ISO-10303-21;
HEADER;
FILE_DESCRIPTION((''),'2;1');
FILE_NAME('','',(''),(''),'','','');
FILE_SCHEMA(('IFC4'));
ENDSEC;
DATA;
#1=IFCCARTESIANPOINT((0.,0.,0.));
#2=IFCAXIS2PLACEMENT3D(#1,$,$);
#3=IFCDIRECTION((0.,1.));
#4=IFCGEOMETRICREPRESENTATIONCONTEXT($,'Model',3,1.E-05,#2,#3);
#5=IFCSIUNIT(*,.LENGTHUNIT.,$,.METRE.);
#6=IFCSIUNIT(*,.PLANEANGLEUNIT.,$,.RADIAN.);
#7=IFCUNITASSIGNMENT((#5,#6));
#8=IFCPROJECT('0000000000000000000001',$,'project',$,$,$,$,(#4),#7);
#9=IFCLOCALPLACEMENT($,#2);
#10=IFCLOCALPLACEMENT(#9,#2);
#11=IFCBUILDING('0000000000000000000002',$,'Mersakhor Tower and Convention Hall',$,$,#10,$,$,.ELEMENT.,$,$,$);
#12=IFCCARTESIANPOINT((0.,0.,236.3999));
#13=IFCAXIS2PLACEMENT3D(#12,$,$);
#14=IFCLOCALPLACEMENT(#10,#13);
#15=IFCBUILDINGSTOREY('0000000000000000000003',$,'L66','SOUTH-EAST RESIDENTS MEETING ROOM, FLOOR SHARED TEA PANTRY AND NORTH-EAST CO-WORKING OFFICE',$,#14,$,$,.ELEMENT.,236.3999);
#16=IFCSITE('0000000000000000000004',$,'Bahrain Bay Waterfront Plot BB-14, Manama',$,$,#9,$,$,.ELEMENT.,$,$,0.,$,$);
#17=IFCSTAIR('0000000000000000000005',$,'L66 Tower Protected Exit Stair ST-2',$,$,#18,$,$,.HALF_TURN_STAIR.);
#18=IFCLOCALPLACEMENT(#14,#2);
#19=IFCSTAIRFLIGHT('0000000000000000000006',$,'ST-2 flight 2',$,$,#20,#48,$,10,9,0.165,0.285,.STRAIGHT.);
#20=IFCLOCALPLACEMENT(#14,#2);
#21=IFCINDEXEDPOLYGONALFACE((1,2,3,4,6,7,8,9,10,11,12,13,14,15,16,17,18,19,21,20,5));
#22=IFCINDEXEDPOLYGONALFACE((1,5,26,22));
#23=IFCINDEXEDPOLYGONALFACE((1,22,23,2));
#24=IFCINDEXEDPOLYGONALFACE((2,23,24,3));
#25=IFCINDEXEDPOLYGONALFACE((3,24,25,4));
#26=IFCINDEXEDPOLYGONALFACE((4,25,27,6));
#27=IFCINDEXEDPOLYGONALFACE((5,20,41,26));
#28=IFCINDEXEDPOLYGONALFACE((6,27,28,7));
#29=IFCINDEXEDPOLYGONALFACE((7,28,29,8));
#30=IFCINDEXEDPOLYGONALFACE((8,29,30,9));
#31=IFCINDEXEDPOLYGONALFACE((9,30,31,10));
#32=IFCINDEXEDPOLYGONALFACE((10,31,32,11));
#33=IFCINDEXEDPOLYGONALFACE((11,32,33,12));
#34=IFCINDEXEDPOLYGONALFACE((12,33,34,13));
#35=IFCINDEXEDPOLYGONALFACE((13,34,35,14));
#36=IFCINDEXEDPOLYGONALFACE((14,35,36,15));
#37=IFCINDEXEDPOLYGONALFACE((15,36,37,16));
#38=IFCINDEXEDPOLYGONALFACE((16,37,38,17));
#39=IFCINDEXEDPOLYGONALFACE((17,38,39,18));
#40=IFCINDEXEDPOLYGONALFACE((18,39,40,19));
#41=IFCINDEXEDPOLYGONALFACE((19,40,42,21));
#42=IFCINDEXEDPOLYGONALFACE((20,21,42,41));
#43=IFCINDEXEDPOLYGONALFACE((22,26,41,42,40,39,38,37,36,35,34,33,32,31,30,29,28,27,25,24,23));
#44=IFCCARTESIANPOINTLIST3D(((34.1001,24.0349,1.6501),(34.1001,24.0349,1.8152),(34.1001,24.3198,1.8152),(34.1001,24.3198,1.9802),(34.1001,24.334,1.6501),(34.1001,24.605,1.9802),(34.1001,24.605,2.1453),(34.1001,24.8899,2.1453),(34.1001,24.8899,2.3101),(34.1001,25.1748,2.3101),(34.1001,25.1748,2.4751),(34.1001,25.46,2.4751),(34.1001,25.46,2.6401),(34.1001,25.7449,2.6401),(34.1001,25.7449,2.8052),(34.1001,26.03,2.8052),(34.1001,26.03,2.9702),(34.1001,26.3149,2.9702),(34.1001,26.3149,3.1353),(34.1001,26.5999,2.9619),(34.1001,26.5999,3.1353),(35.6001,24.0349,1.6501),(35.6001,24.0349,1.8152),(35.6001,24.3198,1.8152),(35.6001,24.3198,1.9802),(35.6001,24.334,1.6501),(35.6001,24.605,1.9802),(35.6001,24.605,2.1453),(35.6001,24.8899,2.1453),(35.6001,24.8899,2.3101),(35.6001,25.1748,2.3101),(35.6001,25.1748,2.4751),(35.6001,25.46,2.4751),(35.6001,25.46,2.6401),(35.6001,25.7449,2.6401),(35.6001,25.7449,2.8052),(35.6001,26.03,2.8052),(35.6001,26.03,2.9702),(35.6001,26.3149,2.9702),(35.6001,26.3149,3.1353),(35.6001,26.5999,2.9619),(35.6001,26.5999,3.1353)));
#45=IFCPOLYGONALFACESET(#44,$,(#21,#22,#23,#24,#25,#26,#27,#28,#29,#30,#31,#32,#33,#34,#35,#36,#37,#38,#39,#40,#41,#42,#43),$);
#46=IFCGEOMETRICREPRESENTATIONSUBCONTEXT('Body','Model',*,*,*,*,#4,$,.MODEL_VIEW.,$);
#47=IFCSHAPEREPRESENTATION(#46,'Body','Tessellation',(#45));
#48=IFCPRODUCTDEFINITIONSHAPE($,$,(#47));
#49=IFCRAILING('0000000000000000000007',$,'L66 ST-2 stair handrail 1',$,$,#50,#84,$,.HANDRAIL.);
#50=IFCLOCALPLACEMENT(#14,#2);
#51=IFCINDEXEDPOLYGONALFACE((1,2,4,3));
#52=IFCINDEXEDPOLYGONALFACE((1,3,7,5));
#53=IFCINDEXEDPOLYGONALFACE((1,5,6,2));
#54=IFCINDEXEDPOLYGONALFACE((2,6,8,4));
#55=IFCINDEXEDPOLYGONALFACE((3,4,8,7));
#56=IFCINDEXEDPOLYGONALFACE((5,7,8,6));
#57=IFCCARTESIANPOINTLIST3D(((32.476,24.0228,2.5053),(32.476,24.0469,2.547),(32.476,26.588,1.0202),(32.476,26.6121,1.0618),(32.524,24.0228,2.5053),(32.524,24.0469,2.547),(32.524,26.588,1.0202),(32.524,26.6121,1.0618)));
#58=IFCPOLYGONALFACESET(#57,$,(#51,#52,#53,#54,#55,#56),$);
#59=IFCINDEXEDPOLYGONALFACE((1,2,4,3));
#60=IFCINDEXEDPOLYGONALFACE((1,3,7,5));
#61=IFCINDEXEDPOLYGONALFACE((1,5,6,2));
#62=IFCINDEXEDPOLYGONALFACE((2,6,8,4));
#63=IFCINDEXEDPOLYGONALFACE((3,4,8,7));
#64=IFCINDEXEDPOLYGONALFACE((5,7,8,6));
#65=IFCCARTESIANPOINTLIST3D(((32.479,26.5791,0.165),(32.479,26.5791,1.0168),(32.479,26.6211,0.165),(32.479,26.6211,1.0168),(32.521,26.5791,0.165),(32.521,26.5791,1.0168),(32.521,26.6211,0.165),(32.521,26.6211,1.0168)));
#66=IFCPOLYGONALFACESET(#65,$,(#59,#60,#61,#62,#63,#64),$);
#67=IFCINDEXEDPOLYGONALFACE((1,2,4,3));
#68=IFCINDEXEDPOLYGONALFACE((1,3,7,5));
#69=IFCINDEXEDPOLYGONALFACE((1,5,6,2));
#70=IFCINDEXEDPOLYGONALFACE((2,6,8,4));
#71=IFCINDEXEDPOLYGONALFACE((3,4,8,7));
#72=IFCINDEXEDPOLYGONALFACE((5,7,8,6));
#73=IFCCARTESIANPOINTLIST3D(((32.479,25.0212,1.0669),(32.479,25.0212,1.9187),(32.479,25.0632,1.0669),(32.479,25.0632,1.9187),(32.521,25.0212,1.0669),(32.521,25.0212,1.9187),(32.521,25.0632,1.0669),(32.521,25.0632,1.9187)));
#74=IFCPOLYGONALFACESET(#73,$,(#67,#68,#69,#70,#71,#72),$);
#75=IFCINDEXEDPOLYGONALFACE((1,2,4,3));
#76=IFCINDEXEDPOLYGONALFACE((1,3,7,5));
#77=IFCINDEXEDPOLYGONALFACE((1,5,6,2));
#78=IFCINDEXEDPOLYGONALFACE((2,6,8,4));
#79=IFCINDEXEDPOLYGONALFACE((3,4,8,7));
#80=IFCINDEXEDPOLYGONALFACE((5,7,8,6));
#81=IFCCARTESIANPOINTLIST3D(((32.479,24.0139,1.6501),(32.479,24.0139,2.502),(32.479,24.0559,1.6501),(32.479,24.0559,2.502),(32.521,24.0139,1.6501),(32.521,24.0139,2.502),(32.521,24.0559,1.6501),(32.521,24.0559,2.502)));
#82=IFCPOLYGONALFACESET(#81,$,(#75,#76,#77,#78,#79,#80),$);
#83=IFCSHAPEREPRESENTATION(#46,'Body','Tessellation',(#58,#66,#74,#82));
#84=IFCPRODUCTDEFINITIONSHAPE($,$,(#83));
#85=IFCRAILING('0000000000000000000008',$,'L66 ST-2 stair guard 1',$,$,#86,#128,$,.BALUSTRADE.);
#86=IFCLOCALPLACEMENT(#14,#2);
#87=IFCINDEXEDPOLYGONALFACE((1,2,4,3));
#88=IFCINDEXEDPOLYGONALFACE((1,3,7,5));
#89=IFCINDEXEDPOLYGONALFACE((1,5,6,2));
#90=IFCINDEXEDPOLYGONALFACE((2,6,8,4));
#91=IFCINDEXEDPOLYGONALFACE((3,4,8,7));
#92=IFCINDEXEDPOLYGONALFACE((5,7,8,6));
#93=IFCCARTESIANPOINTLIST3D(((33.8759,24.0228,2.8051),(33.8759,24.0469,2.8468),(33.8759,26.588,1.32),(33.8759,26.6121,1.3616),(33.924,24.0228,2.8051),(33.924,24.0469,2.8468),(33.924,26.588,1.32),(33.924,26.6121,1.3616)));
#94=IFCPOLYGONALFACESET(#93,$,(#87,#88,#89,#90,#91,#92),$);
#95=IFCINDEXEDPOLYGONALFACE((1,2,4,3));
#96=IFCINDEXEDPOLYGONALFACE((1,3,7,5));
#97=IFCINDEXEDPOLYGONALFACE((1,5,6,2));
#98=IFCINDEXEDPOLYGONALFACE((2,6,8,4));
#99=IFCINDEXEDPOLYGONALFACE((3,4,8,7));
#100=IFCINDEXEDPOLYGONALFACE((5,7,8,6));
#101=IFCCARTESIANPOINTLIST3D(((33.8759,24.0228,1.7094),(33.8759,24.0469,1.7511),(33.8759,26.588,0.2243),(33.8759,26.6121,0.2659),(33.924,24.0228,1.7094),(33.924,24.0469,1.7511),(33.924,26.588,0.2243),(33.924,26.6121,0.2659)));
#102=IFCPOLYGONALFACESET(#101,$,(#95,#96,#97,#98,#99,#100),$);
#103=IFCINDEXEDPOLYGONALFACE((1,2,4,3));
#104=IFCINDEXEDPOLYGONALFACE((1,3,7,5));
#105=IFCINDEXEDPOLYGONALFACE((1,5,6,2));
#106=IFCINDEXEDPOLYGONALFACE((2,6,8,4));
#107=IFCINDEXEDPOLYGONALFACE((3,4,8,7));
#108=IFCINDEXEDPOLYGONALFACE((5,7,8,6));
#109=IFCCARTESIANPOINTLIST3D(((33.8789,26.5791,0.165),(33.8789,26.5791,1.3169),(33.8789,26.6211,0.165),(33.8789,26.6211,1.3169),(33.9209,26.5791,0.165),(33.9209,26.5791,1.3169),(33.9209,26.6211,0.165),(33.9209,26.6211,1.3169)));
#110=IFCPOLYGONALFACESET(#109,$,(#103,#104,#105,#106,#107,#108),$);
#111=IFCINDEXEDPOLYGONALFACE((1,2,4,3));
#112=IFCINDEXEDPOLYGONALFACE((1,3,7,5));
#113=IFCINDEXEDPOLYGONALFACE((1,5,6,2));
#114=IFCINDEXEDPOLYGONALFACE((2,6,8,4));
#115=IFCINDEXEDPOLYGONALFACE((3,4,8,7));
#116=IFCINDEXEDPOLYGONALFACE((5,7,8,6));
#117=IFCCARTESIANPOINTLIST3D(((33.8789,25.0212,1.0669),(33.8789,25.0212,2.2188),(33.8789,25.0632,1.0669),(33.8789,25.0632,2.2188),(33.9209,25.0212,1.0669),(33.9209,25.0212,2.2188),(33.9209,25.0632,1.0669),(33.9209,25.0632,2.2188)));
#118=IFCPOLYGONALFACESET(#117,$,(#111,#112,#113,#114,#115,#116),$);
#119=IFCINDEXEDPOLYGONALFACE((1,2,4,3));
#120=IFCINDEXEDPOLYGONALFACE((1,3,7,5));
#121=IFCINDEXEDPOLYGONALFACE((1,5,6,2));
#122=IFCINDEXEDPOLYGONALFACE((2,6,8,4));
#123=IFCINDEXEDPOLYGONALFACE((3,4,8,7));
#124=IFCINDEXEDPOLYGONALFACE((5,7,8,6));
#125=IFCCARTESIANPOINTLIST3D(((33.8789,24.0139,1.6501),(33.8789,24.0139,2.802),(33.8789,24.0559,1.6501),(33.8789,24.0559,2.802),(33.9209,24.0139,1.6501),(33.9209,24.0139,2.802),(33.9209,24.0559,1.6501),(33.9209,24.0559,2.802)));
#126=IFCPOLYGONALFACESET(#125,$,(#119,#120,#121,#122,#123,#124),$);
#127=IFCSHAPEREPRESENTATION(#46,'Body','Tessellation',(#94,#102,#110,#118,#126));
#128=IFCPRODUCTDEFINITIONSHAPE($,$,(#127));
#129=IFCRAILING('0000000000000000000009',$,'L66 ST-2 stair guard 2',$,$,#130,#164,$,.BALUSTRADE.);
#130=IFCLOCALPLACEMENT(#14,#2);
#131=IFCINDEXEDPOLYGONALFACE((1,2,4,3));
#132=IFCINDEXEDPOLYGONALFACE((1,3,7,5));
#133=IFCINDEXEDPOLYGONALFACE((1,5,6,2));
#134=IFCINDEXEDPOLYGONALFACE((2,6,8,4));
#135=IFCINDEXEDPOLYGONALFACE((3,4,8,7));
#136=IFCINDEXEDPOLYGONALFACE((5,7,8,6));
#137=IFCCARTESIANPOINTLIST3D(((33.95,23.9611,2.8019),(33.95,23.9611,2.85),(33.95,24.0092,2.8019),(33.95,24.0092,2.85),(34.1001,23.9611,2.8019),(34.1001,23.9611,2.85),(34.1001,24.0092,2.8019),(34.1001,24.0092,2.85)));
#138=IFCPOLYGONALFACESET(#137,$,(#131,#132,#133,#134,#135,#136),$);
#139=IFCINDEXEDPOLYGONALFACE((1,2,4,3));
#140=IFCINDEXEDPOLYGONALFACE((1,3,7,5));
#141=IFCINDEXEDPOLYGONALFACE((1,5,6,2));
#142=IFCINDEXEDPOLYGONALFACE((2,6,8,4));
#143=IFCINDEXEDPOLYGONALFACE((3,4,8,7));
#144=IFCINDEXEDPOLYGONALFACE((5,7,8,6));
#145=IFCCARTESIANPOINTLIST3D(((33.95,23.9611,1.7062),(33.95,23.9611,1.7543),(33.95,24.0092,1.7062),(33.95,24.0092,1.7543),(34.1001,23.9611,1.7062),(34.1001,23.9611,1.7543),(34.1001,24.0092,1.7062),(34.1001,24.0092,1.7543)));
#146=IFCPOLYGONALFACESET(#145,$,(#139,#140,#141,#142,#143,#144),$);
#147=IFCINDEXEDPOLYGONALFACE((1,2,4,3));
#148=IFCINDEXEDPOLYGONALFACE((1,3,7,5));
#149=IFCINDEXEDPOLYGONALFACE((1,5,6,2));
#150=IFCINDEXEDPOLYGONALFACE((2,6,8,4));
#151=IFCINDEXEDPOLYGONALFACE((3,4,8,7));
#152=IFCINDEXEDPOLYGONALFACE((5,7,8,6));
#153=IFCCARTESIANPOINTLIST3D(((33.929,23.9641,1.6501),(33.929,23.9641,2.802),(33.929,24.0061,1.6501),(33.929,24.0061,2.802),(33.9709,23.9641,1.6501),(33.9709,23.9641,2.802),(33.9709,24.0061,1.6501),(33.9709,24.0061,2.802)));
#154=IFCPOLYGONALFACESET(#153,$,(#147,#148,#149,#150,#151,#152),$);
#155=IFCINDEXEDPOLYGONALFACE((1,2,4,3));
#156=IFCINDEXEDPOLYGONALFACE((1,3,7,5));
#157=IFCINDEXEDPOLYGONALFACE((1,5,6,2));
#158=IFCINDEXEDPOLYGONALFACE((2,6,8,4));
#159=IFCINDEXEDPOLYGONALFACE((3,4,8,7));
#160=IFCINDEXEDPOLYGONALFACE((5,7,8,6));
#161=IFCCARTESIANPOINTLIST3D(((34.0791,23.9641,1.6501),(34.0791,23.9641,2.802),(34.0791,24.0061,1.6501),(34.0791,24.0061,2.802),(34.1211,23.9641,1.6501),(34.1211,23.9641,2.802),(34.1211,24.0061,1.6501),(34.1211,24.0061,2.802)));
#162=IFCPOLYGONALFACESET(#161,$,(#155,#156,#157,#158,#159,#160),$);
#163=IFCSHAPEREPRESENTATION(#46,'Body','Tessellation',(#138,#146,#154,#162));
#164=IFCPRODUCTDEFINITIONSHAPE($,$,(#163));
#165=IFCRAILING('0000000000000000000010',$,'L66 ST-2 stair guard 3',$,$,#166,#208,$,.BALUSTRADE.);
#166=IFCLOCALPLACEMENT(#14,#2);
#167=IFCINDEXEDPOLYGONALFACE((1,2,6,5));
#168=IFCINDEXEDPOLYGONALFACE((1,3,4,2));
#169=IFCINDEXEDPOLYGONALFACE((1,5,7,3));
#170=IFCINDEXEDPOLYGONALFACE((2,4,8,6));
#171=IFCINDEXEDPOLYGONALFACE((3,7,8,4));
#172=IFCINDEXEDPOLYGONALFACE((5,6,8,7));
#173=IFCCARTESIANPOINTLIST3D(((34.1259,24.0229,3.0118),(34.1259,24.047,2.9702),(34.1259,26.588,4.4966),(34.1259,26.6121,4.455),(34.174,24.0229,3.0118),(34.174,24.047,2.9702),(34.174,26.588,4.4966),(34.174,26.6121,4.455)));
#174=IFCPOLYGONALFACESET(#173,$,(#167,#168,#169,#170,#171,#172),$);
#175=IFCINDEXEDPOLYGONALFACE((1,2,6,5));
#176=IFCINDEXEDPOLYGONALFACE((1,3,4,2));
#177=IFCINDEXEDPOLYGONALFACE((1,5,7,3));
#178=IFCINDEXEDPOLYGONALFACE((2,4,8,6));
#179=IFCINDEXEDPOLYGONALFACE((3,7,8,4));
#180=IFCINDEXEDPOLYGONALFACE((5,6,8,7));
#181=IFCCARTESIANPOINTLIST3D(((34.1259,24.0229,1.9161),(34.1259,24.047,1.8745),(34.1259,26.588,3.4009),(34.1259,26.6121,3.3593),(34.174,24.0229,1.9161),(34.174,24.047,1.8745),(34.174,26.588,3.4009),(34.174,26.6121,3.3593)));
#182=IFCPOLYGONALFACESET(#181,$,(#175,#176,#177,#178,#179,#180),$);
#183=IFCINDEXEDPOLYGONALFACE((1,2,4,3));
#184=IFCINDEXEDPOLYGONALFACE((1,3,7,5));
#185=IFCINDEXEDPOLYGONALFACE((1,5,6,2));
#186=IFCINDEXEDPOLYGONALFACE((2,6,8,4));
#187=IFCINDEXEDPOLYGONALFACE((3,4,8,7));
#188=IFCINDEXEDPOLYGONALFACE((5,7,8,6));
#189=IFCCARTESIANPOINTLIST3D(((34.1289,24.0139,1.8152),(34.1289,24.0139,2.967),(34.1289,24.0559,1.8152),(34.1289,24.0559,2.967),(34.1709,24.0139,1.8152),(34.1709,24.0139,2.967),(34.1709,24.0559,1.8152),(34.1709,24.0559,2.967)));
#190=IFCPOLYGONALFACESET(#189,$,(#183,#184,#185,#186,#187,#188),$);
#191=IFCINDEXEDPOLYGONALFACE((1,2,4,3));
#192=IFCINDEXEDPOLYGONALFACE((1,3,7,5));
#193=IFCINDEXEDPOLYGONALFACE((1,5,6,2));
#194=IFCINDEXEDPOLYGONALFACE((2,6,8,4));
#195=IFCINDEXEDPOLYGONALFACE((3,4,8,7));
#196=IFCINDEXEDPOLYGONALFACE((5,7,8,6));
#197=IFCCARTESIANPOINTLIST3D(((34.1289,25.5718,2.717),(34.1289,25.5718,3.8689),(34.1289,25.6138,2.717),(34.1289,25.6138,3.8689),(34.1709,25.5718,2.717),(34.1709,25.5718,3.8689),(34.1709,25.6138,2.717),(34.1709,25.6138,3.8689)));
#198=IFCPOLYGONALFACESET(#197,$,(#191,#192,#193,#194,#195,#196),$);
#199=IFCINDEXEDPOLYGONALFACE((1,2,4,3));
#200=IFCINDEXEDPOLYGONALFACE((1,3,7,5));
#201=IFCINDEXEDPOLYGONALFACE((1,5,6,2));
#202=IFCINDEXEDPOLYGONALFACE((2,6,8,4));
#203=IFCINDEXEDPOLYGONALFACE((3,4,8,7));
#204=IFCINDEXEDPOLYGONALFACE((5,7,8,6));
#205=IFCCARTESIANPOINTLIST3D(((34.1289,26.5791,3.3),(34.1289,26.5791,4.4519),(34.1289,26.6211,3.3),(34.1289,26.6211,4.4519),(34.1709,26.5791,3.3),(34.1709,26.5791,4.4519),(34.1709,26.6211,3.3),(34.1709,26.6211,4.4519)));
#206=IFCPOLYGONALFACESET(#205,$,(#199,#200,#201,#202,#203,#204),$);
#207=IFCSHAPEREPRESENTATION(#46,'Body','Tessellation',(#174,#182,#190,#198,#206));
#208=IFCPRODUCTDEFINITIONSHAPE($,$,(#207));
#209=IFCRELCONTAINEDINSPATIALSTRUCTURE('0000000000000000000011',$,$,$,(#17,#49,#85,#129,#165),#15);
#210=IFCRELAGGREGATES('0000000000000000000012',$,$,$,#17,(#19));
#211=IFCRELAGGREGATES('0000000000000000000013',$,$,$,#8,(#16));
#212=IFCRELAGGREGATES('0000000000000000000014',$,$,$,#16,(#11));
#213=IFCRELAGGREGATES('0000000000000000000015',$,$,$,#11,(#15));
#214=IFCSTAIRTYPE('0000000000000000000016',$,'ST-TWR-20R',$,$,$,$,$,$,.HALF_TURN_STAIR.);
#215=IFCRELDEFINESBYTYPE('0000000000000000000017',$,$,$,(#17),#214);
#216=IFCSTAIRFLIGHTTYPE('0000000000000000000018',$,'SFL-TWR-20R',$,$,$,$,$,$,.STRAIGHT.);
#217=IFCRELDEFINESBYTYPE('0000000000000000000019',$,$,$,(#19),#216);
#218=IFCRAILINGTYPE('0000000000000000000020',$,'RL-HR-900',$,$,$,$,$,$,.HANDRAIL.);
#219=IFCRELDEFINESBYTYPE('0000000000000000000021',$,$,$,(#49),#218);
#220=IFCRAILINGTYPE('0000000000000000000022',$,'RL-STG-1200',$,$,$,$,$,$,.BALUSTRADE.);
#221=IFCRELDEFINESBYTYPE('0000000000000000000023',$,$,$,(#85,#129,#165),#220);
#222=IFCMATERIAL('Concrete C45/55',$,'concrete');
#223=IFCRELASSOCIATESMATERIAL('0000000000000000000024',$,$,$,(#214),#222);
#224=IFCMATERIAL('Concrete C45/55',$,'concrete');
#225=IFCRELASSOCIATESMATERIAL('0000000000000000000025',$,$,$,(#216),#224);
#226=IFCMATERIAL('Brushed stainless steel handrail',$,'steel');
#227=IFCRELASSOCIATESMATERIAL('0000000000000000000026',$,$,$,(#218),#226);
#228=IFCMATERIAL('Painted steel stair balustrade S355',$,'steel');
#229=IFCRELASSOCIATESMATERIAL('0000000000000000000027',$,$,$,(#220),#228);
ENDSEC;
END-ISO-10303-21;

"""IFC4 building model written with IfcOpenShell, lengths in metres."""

from ifc_helpers import new_model, si_unit, direction, frame, origin, origin_2d, place, context, subcontext, project, spatial, polyline, rectangle, outline, extrude, material, type_object, element, aggregate, save


model = new_model("IFC4")

# Units and contexts
model_context = context("Model", 3, precision=1e-05, world=origin(), true_north=direction((0.0, 1.0)))
body_context = subcontext(model_context, "Body", "Model", "MODEL_VIEW")
ifc_project = project(units=[si_unit("LENGTHUNIT", "METRE"), si_unit("PLANEANGLEUNIT", "RADIAN")], contexts=[model_context])

# Site, building, storey
site_placement = place(None, origin())
site = spatial("IfcSite", under=ifc_project, at=site_placement, Name="Bahrain Bay Waterfront Plot BB-14, Manama", CompositionType="ELEMENT", RefElevation=0.0)
building_placement = place(site_placement, origin())
building = spatial("IfcBuilding", under=site, at=building_placement, Name="Mersakhor Tower and Convention Hall", CompositionType="ELEMENT")
storey_placement = place(building_placement, frame((0.0, 0.0, 236.3999)))
storey = spatial("IfcBuildingStorey", under=building, at=storey_placement, Name="L66", Description="SOUTH-EAST RESIDENTS MEETING ROOM, FLOOR SHARED TEA PANTRY AND NORTH-EAST CO-WORKING OFFICE", CompositionType="ELEMENT", Elevation=236.3999)

# Stair, stair flight
ifc_material_1 = material(Name="Concrete C45/55", Category="concrete")
stair_type = type_object("IfcStairType", Name="ST-TWR-20R", PredefinedType="HALF_TURN_STAIR", material=ifc_material_1)
stair_placement = place(storey_placement, origin())
stair = element("IfcStair", 1, at=stair_placement, inside=storey, type_object=stair_type, Name="L66 Tower Protected Exit Stair ST-2", PredefinedType="HALF_TURN_STAIR")
ifc_material_2 = material(Name="Concrete C45/55", Category="concrete")
stair_flight_type = type_object("IfcStairFlightType", Name="SFL-TWR-20R", PredefinedType="STRAIGHT", material=ifc_material_2)
stair_flight_1_placement = place(storey_placement, frame((34.8501, 24.0349, 1.6501), z_axis=(0.0, 0.0, 1.0), x_axis=(0.0, 1.0, 0.0)))
stair_flight_1 = element("IfcStairFlight", 2, at=stair_flight_1_placement, type_object=stair_flight_type, Name="ST-2 flight 2", NumberOfRisers=10, NumberOfTreads=9, PredefinedType="STRAIGHT", RiserHeight=0.165, TreadLength=0.285, context=body_context, shape_type="SweptSolid", body=[
    extrude(outline(polyline([(0.0, 0.0), (0.0, 0.165), (0.2849, 0.165), (0.2849, 0.3301), (0.5701, 0.3301), (0.5701, 0.4951), (0.855, 0.4951), (0.855, 0.6599), (1.1399, 0.6599), (1.1399, 0.825), (1.425, 0.825), (1.425, 0.99), (1.71, 0.99), (1.71, 1.155), (1.9951, 1.155), (1.9951, 1.3201), (2.28, 1.3201), (2.28, 1.4851), (2.5649, 1.4851), (2.5649, 1.6499), (2.5649, 1.3118), (0.2991, 0.0), (0.0, 0.0)])), frame((0.0, 0.75, 0.0), z_axis=(0.0, -1.0, 0.0), x_axis=(1.0, 0.0, 0.0)), (0.0, 0.0, 1.0), 1.5),
])
aggregate(stair, [stair_flight_1])

# Railings
ifc_material_3 = material(Name="Brushed stainless steel handrail", Category="steel")
railing_type_1 = type_object("IfcRailingType", Name="RL-HR-900", PredefinedType="HANDRAIL", material=ifc_material_3)
railing_1_placement = place(storey_placement, frame((32.5, 26.6001, 0.165)))
element("IfcRailing", 3, at=railing_1_placement, inside=storey, type_object=railing_type_1, Name="L66 ST-2 stair handrail 1", PredefinedType="HANDRAIL", context=body_context, shape_type="SweptSolid", body=[
    extrude(rectangle(XDim=0.0481, YDim=0.0481, at=origin_2d()), frame((0.0, 0.0, 0.876), z_axis=(0.0, -0.865426, 0.501036), x_axis=(1.0, 0.0, 0.0)), (0.0, 0.0, 1.0), 2.9641),
    extrude(rectangle(XDim=0.042, YDim=0.042, at=origin_2d()), origin(), (0.0, 0.0, 1.0), 0.8518),
    extrude(rectangle(XDim=0.042, YDim=0.042, at=origin_2d()), frame((0.0, -1.5579, 0.9019)), (0.0, 0.0, 1.0), 0.8518),
    extrude(rectangle(XDim=0.042, YDim=0.042, at=origin_2d()), frame((0.0, -2.5652, 1.4851)), (0.0, 0.0, 1.0), 0.8518),
])
ifc_material_4 = material(Name="Painted steel stair balustrade S355", Category="steel")
railing_type_2 = type_object("IfcRailingType", Name="RL-STG-1200", PredefinedType="BALUSTRADE", material=ifc_material_4)
railing_2_placement = place(storey_placement, frame((33.8999, 26.6001, 0.165)))
element("IfcRailing", 4, at=railing_2_placement, inside=storey, type_object=railing_type_2, Name="L66 ST-2 stair guard 1", PredefinedType="BALUSTRADE", context=body_context, shape_type="SweptSolid", body=[
    extrude(rectangle(XDim=0.0481, YDim=0.0481, at=origin_2d()), frame((0.0, 0.0, 1.1758), z_axis=(0.0, -0.865426, 0.501036), x_axis=(1.0, 0.0, 0.0)), (0.0, 0.0, 1.0), 2.9641),
    extrude(rectangle(XDim=0.0481, YDim=0.0481, at=origin_2d()), frame((0.0, 0.0, 0.0801), z_axis=(0.0, -0.865426, 0.501036), x_axis=(1.0, 0.0, 0.0)), (0.0, 0.0, 1.0), 2.9641),
    extrude(rectangle(XDim=0.042, YDim=0.042, at=origin_2d()), origin(), (0.0, 0.0, 1.0), 1.1519),
    extrude(rectangle(XDim=0.042, YDim=0.042, at=origin_2d()), frame((0.0, -1.5579, 0.9019)), (0.0, 0.0, 1.0), 1.1519),
    extrude(rectangle(XDim=0.042, YDim=0.042, at=origin_2d()), frame((0.0, -2.5652, 1.4851)), (0.0, 0.0, 1.0), 1.1519),
])
railing_3_placement = place(storey_placement, frame((33.95, 23.9851, 1.6501)))
element("IfcRailing", 5, at=railing_3_placement, inside=storey, type_object=railing_type_2, Name="L66 ST-2 stair guard 2", PredefinedType="BALUSTRADE", context=body_context, shape_type="SweptSolid", body=[
    extrude(rectangle(XDim=0.0481, YDim=0.0481, at=origin_2d()), frame((0.0, 0.0, 1.1758), z_axis=(1.0, 0.0, 0.0), x_axis=(0.0, 1.0, 0.0)), (0.0, 0.0, 1.0), 0.1501),
    extrude(rectangle(XDim=0.0481, YDim=0.0481, at=origin_2d()), frame((0.0, 0.0, 0.0801), z_axis=(1.0, 0.0, 0.0), x_axis=(0.0, 1.0, 0.0)), (0.0, 0.0, 1.0), 0.1501),
    extrude(rectangle(XDim=0.042, YDim=0.042, at=origin_2d()), origin(), (0.0, 0.0, 1.0), 1.1519),
    extrude(rectangle(XDim=0.042, YDim=0.042, at=origin_2d()), frame((0.1501, 0.0, 0.0)), (0.0, 0.0, 1.0), 1.1519),
])
railing_4_placement = place(storey_placement, frame((34.1499, 24.0349, 1.8152)))
element("IfcRailing", 6, at=railing_4_placement, inside=storey, type_object=railing_type_2, Name="L66 ST-2 stair guard 3", PredefinedType="BALUSTRADE", context=body_context, shape_type="SweptSolid", body=[
    extrude(rectangle(XDim=0.0481, YDim=0.0481, at=origin_2d()), frame((0.0, 0.0, 1.1758), z_axis=(0.0, 0.865462, 0.500975), x_axis=(-1.0, 0.0, 0.0)), (0.0, 0.0, 1.0), 2.9639),
    extrude(rectangle(XDim=0.0481, YDim=0.0481, at=origin_2d()), frame((0.0, 0.0, 0.0801), z_axis=(0.0, 0.865462, 0.500975), x_axis=(-1.0, 0.0, 0.0)), (0.0, 0.0, 1.0), 2.9639),
    extrude(rectangle(XDim=0.042, YDim=0.042, at=origin_2d()), origin(), (0.0, 0.0, 1.0), 1.1519),
    extrude(rectangle(XDim=0.042, YDim=0.042, at=origin_2d()), frame((0.0, 1.5579, 0.9019)), (0.0, 0.0, 1.0), 1.1519),
    extrude(rectangle(XDim=0.042, YDim=0.042, at=origin_2d()), frame((0.0, 2.5652, 1.4849)), (0.0, 0.0, 1.0), 1.1519),
])

save(model, "model.ifc")
